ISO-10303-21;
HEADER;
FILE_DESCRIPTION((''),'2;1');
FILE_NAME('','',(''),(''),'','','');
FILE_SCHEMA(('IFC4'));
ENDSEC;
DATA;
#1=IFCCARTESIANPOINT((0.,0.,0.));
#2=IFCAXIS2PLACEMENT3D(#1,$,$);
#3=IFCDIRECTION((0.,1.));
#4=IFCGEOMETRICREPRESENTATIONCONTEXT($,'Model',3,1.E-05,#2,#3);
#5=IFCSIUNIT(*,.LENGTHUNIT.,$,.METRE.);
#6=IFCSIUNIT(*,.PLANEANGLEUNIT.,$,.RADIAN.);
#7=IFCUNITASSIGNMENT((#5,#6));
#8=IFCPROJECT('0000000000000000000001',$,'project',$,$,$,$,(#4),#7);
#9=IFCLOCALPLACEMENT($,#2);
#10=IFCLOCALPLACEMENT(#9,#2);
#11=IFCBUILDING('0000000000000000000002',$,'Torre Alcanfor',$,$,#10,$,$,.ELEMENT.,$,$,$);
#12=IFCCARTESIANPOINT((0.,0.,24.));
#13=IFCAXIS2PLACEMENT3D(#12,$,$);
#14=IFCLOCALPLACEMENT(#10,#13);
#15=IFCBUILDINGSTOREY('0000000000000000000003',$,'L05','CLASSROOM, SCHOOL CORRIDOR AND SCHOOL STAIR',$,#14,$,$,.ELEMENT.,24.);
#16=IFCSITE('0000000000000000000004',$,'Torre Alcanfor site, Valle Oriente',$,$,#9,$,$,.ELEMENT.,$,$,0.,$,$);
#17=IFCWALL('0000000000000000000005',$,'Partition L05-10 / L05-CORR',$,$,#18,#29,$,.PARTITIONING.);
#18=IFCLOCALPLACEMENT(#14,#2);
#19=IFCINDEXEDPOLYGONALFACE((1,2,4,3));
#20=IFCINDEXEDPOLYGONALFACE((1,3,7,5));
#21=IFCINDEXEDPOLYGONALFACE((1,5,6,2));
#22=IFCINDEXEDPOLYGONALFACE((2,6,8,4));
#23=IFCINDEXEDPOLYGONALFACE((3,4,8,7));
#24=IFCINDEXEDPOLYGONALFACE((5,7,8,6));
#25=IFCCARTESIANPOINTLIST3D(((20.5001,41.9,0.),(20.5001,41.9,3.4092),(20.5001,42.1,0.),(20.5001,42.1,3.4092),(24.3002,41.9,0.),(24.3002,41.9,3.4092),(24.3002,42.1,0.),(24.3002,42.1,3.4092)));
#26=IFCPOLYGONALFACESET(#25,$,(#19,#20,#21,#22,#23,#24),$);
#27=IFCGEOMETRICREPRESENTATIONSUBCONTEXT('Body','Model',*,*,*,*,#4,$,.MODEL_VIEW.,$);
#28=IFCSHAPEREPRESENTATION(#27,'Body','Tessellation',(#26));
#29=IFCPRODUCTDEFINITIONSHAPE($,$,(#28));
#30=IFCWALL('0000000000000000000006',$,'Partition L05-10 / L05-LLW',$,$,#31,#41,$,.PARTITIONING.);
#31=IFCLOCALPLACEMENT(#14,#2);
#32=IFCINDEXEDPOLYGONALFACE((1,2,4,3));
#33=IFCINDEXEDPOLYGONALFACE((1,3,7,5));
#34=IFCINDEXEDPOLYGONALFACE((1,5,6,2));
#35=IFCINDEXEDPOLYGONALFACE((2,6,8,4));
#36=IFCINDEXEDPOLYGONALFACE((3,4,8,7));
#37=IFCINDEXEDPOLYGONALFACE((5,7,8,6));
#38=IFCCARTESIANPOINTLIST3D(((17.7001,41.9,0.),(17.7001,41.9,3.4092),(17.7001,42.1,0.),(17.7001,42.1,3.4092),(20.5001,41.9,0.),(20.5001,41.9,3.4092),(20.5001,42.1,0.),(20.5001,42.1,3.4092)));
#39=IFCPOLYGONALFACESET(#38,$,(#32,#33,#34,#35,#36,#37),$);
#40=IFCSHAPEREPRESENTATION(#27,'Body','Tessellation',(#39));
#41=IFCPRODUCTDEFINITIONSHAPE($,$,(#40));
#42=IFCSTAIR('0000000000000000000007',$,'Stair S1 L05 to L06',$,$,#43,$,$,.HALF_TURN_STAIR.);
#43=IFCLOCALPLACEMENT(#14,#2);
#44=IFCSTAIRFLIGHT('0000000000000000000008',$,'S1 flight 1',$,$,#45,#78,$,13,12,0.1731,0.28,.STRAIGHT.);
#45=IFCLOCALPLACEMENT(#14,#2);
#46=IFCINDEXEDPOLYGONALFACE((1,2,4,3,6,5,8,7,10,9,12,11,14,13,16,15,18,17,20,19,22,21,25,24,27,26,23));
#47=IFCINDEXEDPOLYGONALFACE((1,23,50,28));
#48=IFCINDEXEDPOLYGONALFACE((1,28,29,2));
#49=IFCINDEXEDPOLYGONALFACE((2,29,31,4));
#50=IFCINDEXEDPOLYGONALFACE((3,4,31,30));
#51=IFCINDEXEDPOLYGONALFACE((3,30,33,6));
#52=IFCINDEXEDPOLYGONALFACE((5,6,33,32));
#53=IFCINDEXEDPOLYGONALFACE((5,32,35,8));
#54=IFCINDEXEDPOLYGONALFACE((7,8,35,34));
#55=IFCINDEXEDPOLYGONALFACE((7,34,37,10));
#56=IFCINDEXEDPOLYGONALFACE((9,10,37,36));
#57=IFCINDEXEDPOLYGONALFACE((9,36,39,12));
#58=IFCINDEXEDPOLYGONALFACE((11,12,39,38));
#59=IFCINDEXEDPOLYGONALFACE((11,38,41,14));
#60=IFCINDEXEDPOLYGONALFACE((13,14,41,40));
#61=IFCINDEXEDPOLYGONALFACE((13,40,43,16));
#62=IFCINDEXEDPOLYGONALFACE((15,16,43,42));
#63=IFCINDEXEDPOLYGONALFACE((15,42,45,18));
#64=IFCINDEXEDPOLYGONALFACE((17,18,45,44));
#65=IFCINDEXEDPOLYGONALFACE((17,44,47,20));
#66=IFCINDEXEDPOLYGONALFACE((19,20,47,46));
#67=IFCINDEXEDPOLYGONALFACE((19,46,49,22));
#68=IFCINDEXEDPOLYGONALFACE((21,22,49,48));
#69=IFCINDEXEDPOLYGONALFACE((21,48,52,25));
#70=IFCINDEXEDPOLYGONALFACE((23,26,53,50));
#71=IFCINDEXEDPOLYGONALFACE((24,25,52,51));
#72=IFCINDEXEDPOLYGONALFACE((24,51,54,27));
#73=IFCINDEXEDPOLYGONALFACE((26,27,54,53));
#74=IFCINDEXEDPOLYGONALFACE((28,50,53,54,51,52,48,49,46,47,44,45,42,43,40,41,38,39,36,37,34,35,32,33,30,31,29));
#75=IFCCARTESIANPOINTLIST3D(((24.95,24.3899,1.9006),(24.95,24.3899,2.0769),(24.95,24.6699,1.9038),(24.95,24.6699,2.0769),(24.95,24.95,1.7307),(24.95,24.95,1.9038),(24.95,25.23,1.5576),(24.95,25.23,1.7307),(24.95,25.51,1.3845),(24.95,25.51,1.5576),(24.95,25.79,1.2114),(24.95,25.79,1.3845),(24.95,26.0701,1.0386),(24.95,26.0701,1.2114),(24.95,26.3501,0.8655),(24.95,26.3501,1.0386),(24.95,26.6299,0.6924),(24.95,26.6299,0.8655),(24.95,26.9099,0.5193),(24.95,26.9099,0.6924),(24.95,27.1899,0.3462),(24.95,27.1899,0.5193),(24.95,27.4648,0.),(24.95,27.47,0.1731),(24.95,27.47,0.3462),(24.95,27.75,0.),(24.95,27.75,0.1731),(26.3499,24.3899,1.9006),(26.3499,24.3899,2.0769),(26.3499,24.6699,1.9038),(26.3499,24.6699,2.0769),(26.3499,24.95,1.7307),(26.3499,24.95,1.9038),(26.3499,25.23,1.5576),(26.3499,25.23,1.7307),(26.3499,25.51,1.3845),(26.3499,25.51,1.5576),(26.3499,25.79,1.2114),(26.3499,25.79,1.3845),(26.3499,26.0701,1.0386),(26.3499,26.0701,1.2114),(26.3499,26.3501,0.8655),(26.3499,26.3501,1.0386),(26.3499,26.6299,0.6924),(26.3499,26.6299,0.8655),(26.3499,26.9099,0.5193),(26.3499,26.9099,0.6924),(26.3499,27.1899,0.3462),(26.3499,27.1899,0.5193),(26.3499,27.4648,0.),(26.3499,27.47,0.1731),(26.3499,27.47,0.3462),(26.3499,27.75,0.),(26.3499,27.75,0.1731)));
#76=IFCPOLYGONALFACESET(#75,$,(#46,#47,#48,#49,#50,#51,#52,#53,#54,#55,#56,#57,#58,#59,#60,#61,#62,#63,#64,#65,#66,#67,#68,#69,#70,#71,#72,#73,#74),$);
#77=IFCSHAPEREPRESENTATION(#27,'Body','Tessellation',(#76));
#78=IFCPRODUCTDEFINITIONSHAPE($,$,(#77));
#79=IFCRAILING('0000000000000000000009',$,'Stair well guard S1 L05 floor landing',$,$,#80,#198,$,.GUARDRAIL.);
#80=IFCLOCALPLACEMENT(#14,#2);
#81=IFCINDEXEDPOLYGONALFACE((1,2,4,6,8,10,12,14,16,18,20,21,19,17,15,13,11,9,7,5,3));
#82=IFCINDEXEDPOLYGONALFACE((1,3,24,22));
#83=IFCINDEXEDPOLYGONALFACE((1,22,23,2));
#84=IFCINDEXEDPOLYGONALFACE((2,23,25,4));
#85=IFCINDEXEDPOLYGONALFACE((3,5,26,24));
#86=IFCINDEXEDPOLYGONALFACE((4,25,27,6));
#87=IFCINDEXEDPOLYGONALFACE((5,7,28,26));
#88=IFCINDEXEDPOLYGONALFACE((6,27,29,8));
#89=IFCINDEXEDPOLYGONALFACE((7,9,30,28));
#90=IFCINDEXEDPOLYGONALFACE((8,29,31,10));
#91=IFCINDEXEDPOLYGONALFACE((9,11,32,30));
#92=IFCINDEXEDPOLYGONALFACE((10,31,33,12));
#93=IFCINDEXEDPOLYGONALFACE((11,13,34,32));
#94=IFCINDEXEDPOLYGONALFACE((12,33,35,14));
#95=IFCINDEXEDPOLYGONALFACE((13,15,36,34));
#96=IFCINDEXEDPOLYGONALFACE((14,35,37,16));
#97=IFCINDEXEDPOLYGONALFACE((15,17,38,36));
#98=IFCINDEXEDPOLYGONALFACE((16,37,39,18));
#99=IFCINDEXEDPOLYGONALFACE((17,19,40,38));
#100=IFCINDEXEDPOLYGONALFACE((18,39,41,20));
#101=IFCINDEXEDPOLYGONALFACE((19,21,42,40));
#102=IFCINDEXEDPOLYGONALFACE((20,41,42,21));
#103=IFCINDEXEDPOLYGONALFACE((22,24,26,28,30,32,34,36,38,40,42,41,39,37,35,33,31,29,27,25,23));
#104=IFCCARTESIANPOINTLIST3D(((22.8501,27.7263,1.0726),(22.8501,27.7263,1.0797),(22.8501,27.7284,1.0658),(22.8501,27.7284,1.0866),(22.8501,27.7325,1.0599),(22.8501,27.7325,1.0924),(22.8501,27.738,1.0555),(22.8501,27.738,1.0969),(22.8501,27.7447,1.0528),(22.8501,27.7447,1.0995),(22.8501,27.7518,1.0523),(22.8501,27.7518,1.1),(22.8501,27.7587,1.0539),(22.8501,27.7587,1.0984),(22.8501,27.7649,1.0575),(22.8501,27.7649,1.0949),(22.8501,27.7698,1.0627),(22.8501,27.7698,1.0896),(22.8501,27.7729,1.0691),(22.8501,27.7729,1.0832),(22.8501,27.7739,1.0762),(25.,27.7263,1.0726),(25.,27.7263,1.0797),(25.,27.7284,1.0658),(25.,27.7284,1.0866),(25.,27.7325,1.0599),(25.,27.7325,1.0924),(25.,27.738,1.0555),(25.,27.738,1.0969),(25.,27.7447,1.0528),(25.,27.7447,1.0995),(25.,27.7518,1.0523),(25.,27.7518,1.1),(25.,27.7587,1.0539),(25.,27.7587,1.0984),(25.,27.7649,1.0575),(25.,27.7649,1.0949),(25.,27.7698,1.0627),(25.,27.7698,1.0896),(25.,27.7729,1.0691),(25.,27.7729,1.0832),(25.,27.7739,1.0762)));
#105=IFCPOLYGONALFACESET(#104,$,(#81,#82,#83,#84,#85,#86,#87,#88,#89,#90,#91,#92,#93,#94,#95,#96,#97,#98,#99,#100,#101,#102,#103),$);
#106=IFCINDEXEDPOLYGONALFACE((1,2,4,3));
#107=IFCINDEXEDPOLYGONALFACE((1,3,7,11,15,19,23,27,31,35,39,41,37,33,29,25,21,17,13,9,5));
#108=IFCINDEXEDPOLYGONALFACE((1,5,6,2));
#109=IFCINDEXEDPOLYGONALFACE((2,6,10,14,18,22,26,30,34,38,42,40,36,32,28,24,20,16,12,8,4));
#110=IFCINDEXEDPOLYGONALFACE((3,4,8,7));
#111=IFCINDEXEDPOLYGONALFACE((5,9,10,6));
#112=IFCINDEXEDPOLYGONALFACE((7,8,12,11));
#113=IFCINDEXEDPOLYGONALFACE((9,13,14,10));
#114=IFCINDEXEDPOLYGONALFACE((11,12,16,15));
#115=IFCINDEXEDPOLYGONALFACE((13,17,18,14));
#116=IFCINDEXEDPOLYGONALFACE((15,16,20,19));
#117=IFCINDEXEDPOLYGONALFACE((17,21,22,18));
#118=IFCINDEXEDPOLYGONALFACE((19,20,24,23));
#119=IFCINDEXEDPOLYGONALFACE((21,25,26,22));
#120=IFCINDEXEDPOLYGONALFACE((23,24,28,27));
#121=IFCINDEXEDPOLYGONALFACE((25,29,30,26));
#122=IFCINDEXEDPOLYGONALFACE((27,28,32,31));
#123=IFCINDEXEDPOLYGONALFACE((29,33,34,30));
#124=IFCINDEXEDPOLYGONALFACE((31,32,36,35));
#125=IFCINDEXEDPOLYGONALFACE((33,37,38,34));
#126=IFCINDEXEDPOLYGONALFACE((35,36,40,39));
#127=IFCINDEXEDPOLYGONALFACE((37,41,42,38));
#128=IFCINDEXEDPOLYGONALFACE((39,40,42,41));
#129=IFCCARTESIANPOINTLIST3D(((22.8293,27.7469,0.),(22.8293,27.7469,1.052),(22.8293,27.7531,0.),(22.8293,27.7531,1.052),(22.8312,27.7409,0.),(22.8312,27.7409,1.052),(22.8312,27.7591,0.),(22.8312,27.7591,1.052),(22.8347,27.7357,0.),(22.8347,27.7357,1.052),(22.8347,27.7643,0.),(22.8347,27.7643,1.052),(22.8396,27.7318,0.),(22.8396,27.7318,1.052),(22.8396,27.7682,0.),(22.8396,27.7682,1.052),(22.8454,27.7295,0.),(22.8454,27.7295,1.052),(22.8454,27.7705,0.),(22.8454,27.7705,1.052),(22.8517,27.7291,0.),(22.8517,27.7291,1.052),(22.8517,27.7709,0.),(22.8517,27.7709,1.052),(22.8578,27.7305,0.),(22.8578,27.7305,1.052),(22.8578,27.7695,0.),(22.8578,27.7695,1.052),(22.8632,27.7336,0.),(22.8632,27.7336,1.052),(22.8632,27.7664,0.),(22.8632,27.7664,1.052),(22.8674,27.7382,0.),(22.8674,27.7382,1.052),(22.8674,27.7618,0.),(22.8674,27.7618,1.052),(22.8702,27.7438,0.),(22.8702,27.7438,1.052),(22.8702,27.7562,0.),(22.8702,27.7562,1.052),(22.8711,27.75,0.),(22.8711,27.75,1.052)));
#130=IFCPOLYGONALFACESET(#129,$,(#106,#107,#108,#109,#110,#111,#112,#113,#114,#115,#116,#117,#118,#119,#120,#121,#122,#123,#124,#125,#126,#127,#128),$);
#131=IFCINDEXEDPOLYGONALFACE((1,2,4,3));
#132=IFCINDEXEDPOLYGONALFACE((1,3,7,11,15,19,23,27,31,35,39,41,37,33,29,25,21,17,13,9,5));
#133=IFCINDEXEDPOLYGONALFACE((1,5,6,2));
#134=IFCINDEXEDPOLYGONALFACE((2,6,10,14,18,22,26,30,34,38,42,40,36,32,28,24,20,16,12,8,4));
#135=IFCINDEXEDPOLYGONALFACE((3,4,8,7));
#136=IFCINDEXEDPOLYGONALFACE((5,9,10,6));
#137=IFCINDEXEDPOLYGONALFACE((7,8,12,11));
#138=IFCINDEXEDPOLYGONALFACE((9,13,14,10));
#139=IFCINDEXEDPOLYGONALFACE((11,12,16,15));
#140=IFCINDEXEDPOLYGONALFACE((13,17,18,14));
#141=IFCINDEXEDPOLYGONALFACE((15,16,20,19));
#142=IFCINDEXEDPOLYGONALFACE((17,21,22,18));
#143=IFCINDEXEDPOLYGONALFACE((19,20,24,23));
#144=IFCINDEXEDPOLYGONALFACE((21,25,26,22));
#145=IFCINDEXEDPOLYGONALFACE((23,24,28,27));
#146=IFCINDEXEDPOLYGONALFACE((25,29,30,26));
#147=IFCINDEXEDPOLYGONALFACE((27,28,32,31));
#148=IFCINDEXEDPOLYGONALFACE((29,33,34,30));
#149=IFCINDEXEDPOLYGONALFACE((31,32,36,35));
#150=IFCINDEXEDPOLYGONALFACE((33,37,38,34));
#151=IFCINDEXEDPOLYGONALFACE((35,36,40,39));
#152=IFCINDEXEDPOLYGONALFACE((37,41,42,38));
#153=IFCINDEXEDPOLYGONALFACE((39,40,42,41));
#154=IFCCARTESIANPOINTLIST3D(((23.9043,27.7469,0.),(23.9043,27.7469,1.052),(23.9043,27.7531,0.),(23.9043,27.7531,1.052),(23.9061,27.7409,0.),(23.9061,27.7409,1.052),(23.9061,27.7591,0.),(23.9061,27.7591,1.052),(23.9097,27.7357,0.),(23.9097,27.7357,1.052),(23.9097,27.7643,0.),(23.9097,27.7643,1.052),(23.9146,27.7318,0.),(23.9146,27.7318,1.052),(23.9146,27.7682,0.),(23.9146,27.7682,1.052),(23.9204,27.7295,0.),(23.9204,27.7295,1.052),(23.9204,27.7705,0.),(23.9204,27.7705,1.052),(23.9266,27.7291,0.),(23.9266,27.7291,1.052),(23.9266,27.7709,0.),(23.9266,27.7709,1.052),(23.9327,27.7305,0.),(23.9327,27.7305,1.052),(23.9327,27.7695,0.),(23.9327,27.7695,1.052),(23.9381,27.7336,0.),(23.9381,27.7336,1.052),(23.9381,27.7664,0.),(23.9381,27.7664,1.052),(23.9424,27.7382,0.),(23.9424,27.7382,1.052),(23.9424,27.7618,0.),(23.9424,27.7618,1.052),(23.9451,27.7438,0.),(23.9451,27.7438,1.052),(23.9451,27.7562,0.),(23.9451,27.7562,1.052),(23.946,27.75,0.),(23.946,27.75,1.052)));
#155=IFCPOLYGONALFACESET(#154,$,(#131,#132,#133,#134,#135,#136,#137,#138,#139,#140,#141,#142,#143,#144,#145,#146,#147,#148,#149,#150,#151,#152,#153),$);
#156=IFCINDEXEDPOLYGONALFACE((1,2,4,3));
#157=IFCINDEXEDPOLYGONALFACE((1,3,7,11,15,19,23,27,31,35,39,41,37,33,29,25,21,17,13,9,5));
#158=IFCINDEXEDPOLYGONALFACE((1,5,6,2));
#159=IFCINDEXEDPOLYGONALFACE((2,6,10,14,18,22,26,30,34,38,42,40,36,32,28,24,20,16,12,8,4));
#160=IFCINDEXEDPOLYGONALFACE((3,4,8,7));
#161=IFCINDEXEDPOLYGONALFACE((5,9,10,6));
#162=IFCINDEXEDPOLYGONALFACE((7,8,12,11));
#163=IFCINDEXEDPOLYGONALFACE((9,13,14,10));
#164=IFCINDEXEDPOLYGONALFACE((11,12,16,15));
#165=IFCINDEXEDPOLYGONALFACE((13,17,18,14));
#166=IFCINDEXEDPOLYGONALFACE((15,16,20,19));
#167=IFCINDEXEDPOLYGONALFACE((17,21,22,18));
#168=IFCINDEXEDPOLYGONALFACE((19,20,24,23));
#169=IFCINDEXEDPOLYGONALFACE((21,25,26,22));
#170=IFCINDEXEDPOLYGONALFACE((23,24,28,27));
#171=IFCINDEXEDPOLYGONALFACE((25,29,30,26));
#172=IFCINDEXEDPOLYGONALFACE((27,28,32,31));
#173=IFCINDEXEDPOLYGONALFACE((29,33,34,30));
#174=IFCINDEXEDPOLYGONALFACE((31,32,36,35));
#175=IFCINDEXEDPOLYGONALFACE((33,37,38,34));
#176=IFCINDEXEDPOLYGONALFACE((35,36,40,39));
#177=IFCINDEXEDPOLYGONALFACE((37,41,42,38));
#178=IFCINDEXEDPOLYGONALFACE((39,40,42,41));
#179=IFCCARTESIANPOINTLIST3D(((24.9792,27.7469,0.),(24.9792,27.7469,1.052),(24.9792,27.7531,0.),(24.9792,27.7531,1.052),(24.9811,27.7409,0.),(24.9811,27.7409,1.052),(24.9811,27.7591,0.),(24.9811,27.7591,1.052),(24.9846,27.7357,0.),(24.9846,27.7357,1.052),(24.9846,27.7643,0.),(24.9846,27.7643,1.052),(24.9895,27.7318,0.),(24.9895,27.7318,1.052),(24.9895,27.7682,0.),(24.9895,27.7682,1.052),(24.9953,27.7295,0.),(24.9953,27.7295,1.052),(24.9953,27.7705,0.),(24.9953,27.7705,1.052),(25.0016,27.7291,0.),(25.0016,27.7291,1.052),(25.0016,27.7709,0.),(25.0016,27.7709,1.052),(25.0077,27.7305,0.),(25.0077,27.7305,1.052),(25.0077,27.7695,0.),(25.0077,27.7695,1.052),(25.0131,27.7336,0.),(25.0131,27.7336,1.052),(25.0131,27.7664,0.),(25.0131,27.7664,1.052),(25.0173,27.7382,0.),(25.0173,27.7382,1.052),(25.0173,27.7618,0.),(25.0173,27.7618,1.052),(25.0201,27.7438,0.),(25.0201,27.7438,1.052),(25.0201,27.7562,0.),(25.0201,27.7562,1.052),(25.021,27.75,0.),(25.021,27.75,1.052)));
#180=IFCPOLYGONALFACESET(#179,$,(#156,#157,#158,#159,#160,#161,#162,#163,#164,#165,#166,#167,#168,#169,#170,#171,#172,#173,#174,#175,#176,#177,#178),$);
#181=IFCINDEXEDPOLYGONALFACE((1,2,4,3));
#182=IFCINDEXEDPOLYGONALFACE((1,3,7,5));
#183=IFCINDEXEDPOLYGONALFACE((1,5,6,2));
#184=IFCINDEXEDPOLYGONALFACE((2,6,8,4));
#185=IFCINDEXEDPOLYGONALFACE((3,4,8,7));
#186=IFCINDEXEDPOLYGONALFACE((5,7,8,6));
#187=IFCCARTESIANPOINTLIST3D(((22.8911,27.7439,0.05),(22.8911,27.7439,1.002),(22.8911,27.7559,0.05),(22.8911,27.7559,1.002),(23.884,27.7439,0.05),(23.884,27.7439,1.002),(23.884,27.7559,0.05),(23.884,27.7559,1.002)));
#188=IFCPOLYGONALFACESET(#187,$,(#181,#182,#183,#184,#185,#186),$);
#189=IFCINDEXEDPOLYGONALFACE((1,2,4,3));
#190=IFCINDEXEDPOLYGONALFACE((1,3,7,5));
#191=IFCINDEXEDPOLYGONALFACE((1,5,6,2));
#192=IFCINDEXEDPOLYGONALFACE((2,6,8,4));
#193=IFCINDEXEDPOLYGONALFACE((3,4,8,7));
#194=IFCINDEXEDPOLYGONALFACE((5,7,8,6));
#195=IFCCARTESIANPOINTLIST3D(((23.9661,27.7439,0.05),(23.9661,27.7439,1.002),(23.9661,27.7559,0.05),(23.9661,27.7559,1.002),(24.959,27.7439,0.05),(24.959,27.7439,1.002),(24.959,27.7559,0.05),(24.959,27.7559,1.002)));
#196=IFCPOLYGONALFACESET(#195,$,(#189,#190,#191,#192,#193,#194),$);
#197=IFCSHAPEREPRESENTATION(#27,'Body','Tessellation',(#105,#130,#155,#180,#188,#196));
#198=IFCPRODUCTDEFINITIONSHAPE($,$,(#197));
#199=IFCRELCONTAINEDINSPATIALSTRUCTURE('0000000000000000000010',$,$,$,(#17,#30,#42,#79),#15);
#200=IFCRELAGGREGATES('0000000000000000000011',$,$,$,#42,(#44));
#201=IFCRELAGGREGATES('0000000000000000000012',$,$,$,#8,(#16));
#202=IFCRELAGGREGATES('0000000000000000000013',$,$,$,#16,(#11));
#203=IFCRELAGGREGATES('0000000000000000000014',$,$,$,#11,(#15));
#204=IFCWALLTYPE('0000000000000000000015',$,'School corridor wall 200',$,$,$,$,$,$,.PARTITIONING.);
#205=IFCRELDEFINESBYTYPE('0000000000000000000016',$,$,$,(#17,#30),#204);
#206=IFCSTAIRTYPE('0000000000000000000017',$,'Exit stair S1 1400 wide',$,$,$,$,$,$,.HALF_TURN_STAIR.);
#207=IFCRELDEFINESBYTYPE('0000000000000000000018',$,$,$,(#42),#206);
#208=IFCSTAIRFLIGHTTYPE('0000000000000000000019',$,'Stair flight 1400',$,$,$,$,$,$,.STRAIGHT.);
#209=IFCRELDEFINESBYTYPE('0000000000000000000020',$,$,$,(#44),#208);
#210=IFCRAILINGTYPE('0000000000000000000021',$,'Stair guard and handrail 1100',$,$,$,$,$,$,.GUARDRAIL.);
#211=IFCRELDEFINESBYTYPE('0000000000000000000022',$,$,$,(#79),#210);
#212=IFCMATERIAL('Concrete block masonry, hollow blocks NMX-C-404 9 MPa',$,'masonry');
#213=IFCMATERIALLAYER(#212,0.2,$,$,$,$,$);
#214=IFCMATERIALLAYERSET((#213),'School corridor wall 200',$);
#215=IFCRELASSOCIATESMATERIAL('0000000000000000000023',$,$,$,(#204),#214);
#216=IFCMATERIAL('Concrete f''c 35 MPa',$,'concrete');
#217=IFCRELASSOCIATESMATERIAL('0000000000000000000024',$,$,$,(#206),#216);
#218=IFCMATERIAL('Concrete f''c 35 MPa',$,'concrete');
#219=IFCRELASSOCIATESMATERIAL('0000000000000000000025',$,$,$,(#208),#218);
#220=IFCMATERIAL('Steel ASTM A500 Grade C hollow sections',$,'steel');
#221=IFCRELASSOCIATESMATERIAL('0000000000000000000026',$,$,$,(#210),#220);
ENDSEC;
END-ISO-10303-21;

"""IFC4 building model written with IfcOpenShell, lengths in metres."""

from ifc_helpers import new_model, si_unit, direction, frame, frame_2d, origin, origin_2d, place, context, subcontext, project, spatial, polyline, rectangle, circle, outline, extrude, material, layer, layer_set, type_object, element, aggregate, save


model = new_model("IFC4")

# Units and contexts
model_context = context("Model", 3, precision=1e-05, world=origin(), true_north=direction((0.0, 1.0)))
body_context = subcontext(model_context, "Body", "Model", "MODEL_VIEW")
ifc_project = project(units=[si_unit("LENGTHUNIT", "METRE"), si_unit("PLANEANGLEUNIT", "RADIAN")], contexts=[model_context])

# Site, building, storey
site_placement = place(None, origin())
site = spatial("IfcSite", under=ifc_project, at=site_placement, Name="Torre Alcanfor site, Valle Oriente", CompositionType="ELEMENT", RefElevation=0.0)
building_placement = place(site_placement, origin())
building = spatial("IfcBuilding", under=site, at=building_placement, Name="Torre Alcanfor", CompositionType="ELEMENT")
storey_placement = place(building_placement, frame((0.0, 0.0, 24.0)))
storey = spatial("IfcBuildingStorey", under=building, at=storey_placement, Name="L05", Description="CLASSROOM, SCHOOL CORRIDOR AND SCHOOL STAIR", CompositionType="ELEMENT", Elevation=24.0)

# Walls
ifc_material_1 = material(Name="Concrete block masonry, hollow blocks NMX-C-404 9 MPa", Category="masonry")
ifc_layer_1 = layer(ifc_material_1, 0.2)
ifc_layer_set_1 = layer_set([ifc_layer_1], Name="School corridor wall 200")
wall_type_1 = type_object("IfcWallType", Name="School corridor wall 200", PredefinedType="PARTITIONING", material=ifc_layer_set_1)
wall_1_placement = place(storey_placement, frame((24.3, 42.0, 0.0), z_axis=(0.0, 0.0, 1.0), x_axis=(-1.0, 0.0, 0.0)))
element("IfcWall", 1, at=wall_1_placement, inside=storey, type_object=wall_type_1, Name="Partition L05-10 / L05-CORR", PredefinedType="PARTITIONING", context=body_context, shape_type="SweptSolid", body=[
    extrude(rectangle(XDim=3.8, YDim=0.2, at=frame_2d((1.8999, 0.0))), origin(), (0.0, 0.0, 1.0), 3.4092),
])
wall_2_placement = place(storey_placement, frame((20.5, 42.0, 0.0), z_axis=(0.0, 0.0, 1.0), x_axis=(-1.0, 0.0, 0.0)))
element("IfcWall", 2, at=wall_2_placement, inside=storey, type_object=wall_type_1, Name="Partition L05-10 / L05-LLW", PredefinedType="PARTITIONING", context=body_context, shape_type="SweptSolid", body=[
    extrude(rectangle(XDim=2.8, YDim=0.2, at=frame_2d((1.3999, 0.0))), origin(), (0.0, 0.0, 1.0), 3.4092),
])

# Stair, stair flight
ifc_material_2 = material(Name="Concrete f'c 35 MPa", Category="concrete")
stair_type = type_object("IfcStairType", Name="Exit stair S1 1400 wide", PredefinedType="HALF_TURN_STAIR", material=ifc_material_2)
stair_placement = place(storey_placement, origin())
stair = element("IfcStair", 3, at=stair_placement, inside=storey, type_object=stair_type, Name="Stair S1 L05 to L06", PredefinedType="HALF_TURN_STAIR")
ifc_material_3 = material(Name="Concrete f'c 35 MPa", Category="concrete")
stair_flight_type = type_object("IfcStairFlightType", Name="Stair flight 1400", PredefinedType="STRAIGHT", material=ifc_material_3)
stair_flight_placement = place(storey_placement, frame((25.6499, 27.75, 0.0), z_axis=(0.0, 0.0, 1.0), x_axis=(0.0, -1.0, 0.0)))
stair_flight = element("IfcStairFlight", 4, at=stair_flight_placement, type_object=stair_flight_type, Name="S1 flight 1", NumberOfRisers=13, NumberOfTreads=12, PredefinedType="STRAIGHT", RiserHeight=0.1731, TreadLength=0.28, context=body_context, shape_type="SweptSolid", body=[
    extrude(outline(polyline([(0.0, 0.0), (0.0, 0.1731), (0.28, 0.1731), (0.28, 0.3462), (0.5601, 0.3462), (0.5601, 0.5193), (0.8401, 0.5193), (0.8401, 0.6924), (1.1201, 0.6924), (1.1201, 0.8655), (1.3999, 0.8655), (1.3999, 1.0386), (1.6799, 1.0386), (1.6799, 1.2114), (1.96, 1.2114), (1.96, 1.3845), (2.24, 1.3845), (2.24, 1.5576), (2.52, 1.5576), (2.52, 1.7307), (2.8, 1.7307), (2.8, 1.9038), (3.0801, 1.9038), (3.0801, 2.0769), (3.3601, 2.0769), (3.3601, 2.25), (3.3601, 1.9006), (0.2852, 0.0), (0.0, 0.0)])), frame((0.0, 0.7, 0.0), z_axis=(0.0, -1.0, 0.0), x_axis=(1.0, 0.0, 0.0)), (0.0, 0.0, 1.0), 1.3999),
])
aggregate(stair, [stair_flight])

# Railing
ifc_material_4 = material(Name="Steel ASTM A500 Grade C hollow sections", Category="steel")
railing_type_1 = type_object("IfcRailingType", Name="Stair guard and handrail 1100", PredefinedType="GUARDRAIL", material=ifc_material_4)
railing_1_placement = place(storey_placement, frame((22.8501, 27.75, 0.0)))
element("IfcRailing", 5, at=railing_1_placement, inside=storey, type_object=railing_type_1, Name="Stair well guard S1 L05 floor landing", PredefinedType="GUARDRAIL", context=body_context, shape_type="SweptSolid", body=[
    extrude(circle(Radius=0.0239, at=origin_2d()), frame((0.0, 0.0, 1.0762), z_axis=(1.0, 0.0, 0.0), x_axis=(0.0, 1.0, 0.0)), (0.0, 0.0, 1.0), 2.1499),
    extrude(circle(Radius=0.021, at=origin_2d()), origin(), (0.0, 0.0, 1.0), 1.052),
    extrude(circle(Radius=0.021, at=origin_2d()), frame((1.075, 0.0, 0.0)), (0.0, 0.0, 1.0), 1.052),
    extrude(circle(Radius=0.021, at=origin_2d()), frame((2.1499, 0.0, 0.0)), (0.0, 0.0, 1.0), 1.052),
    extrude(outline(polyline([(0.041, 0.05), (1.0339, 0.05), (1.0339, 1.002), (0.041, 1.002), (0.041, 0.05)])), frame((0.0, 0.0059, 0.0), z_axis=(0.0, -1.0, 0.0), x_axis=(1.0, 0.0, 0.0)), (0.0, 0.0, 1.0), 0.012),
    extrude(outline(polyline([(1.116, 0.05), (2.1089, 0.05), (2.1089, 1.002), (1.116, 1.002), (1.116, 0.05)])), frame((0.0, 0.0059, 0.0), z_axis=(0.0, -1.0, 0.0), x_axis=(1.0, 0.0, 0.0)), (0.0, 0.0, 1.0), 0.012),
])

save(model, "model.ifc")
